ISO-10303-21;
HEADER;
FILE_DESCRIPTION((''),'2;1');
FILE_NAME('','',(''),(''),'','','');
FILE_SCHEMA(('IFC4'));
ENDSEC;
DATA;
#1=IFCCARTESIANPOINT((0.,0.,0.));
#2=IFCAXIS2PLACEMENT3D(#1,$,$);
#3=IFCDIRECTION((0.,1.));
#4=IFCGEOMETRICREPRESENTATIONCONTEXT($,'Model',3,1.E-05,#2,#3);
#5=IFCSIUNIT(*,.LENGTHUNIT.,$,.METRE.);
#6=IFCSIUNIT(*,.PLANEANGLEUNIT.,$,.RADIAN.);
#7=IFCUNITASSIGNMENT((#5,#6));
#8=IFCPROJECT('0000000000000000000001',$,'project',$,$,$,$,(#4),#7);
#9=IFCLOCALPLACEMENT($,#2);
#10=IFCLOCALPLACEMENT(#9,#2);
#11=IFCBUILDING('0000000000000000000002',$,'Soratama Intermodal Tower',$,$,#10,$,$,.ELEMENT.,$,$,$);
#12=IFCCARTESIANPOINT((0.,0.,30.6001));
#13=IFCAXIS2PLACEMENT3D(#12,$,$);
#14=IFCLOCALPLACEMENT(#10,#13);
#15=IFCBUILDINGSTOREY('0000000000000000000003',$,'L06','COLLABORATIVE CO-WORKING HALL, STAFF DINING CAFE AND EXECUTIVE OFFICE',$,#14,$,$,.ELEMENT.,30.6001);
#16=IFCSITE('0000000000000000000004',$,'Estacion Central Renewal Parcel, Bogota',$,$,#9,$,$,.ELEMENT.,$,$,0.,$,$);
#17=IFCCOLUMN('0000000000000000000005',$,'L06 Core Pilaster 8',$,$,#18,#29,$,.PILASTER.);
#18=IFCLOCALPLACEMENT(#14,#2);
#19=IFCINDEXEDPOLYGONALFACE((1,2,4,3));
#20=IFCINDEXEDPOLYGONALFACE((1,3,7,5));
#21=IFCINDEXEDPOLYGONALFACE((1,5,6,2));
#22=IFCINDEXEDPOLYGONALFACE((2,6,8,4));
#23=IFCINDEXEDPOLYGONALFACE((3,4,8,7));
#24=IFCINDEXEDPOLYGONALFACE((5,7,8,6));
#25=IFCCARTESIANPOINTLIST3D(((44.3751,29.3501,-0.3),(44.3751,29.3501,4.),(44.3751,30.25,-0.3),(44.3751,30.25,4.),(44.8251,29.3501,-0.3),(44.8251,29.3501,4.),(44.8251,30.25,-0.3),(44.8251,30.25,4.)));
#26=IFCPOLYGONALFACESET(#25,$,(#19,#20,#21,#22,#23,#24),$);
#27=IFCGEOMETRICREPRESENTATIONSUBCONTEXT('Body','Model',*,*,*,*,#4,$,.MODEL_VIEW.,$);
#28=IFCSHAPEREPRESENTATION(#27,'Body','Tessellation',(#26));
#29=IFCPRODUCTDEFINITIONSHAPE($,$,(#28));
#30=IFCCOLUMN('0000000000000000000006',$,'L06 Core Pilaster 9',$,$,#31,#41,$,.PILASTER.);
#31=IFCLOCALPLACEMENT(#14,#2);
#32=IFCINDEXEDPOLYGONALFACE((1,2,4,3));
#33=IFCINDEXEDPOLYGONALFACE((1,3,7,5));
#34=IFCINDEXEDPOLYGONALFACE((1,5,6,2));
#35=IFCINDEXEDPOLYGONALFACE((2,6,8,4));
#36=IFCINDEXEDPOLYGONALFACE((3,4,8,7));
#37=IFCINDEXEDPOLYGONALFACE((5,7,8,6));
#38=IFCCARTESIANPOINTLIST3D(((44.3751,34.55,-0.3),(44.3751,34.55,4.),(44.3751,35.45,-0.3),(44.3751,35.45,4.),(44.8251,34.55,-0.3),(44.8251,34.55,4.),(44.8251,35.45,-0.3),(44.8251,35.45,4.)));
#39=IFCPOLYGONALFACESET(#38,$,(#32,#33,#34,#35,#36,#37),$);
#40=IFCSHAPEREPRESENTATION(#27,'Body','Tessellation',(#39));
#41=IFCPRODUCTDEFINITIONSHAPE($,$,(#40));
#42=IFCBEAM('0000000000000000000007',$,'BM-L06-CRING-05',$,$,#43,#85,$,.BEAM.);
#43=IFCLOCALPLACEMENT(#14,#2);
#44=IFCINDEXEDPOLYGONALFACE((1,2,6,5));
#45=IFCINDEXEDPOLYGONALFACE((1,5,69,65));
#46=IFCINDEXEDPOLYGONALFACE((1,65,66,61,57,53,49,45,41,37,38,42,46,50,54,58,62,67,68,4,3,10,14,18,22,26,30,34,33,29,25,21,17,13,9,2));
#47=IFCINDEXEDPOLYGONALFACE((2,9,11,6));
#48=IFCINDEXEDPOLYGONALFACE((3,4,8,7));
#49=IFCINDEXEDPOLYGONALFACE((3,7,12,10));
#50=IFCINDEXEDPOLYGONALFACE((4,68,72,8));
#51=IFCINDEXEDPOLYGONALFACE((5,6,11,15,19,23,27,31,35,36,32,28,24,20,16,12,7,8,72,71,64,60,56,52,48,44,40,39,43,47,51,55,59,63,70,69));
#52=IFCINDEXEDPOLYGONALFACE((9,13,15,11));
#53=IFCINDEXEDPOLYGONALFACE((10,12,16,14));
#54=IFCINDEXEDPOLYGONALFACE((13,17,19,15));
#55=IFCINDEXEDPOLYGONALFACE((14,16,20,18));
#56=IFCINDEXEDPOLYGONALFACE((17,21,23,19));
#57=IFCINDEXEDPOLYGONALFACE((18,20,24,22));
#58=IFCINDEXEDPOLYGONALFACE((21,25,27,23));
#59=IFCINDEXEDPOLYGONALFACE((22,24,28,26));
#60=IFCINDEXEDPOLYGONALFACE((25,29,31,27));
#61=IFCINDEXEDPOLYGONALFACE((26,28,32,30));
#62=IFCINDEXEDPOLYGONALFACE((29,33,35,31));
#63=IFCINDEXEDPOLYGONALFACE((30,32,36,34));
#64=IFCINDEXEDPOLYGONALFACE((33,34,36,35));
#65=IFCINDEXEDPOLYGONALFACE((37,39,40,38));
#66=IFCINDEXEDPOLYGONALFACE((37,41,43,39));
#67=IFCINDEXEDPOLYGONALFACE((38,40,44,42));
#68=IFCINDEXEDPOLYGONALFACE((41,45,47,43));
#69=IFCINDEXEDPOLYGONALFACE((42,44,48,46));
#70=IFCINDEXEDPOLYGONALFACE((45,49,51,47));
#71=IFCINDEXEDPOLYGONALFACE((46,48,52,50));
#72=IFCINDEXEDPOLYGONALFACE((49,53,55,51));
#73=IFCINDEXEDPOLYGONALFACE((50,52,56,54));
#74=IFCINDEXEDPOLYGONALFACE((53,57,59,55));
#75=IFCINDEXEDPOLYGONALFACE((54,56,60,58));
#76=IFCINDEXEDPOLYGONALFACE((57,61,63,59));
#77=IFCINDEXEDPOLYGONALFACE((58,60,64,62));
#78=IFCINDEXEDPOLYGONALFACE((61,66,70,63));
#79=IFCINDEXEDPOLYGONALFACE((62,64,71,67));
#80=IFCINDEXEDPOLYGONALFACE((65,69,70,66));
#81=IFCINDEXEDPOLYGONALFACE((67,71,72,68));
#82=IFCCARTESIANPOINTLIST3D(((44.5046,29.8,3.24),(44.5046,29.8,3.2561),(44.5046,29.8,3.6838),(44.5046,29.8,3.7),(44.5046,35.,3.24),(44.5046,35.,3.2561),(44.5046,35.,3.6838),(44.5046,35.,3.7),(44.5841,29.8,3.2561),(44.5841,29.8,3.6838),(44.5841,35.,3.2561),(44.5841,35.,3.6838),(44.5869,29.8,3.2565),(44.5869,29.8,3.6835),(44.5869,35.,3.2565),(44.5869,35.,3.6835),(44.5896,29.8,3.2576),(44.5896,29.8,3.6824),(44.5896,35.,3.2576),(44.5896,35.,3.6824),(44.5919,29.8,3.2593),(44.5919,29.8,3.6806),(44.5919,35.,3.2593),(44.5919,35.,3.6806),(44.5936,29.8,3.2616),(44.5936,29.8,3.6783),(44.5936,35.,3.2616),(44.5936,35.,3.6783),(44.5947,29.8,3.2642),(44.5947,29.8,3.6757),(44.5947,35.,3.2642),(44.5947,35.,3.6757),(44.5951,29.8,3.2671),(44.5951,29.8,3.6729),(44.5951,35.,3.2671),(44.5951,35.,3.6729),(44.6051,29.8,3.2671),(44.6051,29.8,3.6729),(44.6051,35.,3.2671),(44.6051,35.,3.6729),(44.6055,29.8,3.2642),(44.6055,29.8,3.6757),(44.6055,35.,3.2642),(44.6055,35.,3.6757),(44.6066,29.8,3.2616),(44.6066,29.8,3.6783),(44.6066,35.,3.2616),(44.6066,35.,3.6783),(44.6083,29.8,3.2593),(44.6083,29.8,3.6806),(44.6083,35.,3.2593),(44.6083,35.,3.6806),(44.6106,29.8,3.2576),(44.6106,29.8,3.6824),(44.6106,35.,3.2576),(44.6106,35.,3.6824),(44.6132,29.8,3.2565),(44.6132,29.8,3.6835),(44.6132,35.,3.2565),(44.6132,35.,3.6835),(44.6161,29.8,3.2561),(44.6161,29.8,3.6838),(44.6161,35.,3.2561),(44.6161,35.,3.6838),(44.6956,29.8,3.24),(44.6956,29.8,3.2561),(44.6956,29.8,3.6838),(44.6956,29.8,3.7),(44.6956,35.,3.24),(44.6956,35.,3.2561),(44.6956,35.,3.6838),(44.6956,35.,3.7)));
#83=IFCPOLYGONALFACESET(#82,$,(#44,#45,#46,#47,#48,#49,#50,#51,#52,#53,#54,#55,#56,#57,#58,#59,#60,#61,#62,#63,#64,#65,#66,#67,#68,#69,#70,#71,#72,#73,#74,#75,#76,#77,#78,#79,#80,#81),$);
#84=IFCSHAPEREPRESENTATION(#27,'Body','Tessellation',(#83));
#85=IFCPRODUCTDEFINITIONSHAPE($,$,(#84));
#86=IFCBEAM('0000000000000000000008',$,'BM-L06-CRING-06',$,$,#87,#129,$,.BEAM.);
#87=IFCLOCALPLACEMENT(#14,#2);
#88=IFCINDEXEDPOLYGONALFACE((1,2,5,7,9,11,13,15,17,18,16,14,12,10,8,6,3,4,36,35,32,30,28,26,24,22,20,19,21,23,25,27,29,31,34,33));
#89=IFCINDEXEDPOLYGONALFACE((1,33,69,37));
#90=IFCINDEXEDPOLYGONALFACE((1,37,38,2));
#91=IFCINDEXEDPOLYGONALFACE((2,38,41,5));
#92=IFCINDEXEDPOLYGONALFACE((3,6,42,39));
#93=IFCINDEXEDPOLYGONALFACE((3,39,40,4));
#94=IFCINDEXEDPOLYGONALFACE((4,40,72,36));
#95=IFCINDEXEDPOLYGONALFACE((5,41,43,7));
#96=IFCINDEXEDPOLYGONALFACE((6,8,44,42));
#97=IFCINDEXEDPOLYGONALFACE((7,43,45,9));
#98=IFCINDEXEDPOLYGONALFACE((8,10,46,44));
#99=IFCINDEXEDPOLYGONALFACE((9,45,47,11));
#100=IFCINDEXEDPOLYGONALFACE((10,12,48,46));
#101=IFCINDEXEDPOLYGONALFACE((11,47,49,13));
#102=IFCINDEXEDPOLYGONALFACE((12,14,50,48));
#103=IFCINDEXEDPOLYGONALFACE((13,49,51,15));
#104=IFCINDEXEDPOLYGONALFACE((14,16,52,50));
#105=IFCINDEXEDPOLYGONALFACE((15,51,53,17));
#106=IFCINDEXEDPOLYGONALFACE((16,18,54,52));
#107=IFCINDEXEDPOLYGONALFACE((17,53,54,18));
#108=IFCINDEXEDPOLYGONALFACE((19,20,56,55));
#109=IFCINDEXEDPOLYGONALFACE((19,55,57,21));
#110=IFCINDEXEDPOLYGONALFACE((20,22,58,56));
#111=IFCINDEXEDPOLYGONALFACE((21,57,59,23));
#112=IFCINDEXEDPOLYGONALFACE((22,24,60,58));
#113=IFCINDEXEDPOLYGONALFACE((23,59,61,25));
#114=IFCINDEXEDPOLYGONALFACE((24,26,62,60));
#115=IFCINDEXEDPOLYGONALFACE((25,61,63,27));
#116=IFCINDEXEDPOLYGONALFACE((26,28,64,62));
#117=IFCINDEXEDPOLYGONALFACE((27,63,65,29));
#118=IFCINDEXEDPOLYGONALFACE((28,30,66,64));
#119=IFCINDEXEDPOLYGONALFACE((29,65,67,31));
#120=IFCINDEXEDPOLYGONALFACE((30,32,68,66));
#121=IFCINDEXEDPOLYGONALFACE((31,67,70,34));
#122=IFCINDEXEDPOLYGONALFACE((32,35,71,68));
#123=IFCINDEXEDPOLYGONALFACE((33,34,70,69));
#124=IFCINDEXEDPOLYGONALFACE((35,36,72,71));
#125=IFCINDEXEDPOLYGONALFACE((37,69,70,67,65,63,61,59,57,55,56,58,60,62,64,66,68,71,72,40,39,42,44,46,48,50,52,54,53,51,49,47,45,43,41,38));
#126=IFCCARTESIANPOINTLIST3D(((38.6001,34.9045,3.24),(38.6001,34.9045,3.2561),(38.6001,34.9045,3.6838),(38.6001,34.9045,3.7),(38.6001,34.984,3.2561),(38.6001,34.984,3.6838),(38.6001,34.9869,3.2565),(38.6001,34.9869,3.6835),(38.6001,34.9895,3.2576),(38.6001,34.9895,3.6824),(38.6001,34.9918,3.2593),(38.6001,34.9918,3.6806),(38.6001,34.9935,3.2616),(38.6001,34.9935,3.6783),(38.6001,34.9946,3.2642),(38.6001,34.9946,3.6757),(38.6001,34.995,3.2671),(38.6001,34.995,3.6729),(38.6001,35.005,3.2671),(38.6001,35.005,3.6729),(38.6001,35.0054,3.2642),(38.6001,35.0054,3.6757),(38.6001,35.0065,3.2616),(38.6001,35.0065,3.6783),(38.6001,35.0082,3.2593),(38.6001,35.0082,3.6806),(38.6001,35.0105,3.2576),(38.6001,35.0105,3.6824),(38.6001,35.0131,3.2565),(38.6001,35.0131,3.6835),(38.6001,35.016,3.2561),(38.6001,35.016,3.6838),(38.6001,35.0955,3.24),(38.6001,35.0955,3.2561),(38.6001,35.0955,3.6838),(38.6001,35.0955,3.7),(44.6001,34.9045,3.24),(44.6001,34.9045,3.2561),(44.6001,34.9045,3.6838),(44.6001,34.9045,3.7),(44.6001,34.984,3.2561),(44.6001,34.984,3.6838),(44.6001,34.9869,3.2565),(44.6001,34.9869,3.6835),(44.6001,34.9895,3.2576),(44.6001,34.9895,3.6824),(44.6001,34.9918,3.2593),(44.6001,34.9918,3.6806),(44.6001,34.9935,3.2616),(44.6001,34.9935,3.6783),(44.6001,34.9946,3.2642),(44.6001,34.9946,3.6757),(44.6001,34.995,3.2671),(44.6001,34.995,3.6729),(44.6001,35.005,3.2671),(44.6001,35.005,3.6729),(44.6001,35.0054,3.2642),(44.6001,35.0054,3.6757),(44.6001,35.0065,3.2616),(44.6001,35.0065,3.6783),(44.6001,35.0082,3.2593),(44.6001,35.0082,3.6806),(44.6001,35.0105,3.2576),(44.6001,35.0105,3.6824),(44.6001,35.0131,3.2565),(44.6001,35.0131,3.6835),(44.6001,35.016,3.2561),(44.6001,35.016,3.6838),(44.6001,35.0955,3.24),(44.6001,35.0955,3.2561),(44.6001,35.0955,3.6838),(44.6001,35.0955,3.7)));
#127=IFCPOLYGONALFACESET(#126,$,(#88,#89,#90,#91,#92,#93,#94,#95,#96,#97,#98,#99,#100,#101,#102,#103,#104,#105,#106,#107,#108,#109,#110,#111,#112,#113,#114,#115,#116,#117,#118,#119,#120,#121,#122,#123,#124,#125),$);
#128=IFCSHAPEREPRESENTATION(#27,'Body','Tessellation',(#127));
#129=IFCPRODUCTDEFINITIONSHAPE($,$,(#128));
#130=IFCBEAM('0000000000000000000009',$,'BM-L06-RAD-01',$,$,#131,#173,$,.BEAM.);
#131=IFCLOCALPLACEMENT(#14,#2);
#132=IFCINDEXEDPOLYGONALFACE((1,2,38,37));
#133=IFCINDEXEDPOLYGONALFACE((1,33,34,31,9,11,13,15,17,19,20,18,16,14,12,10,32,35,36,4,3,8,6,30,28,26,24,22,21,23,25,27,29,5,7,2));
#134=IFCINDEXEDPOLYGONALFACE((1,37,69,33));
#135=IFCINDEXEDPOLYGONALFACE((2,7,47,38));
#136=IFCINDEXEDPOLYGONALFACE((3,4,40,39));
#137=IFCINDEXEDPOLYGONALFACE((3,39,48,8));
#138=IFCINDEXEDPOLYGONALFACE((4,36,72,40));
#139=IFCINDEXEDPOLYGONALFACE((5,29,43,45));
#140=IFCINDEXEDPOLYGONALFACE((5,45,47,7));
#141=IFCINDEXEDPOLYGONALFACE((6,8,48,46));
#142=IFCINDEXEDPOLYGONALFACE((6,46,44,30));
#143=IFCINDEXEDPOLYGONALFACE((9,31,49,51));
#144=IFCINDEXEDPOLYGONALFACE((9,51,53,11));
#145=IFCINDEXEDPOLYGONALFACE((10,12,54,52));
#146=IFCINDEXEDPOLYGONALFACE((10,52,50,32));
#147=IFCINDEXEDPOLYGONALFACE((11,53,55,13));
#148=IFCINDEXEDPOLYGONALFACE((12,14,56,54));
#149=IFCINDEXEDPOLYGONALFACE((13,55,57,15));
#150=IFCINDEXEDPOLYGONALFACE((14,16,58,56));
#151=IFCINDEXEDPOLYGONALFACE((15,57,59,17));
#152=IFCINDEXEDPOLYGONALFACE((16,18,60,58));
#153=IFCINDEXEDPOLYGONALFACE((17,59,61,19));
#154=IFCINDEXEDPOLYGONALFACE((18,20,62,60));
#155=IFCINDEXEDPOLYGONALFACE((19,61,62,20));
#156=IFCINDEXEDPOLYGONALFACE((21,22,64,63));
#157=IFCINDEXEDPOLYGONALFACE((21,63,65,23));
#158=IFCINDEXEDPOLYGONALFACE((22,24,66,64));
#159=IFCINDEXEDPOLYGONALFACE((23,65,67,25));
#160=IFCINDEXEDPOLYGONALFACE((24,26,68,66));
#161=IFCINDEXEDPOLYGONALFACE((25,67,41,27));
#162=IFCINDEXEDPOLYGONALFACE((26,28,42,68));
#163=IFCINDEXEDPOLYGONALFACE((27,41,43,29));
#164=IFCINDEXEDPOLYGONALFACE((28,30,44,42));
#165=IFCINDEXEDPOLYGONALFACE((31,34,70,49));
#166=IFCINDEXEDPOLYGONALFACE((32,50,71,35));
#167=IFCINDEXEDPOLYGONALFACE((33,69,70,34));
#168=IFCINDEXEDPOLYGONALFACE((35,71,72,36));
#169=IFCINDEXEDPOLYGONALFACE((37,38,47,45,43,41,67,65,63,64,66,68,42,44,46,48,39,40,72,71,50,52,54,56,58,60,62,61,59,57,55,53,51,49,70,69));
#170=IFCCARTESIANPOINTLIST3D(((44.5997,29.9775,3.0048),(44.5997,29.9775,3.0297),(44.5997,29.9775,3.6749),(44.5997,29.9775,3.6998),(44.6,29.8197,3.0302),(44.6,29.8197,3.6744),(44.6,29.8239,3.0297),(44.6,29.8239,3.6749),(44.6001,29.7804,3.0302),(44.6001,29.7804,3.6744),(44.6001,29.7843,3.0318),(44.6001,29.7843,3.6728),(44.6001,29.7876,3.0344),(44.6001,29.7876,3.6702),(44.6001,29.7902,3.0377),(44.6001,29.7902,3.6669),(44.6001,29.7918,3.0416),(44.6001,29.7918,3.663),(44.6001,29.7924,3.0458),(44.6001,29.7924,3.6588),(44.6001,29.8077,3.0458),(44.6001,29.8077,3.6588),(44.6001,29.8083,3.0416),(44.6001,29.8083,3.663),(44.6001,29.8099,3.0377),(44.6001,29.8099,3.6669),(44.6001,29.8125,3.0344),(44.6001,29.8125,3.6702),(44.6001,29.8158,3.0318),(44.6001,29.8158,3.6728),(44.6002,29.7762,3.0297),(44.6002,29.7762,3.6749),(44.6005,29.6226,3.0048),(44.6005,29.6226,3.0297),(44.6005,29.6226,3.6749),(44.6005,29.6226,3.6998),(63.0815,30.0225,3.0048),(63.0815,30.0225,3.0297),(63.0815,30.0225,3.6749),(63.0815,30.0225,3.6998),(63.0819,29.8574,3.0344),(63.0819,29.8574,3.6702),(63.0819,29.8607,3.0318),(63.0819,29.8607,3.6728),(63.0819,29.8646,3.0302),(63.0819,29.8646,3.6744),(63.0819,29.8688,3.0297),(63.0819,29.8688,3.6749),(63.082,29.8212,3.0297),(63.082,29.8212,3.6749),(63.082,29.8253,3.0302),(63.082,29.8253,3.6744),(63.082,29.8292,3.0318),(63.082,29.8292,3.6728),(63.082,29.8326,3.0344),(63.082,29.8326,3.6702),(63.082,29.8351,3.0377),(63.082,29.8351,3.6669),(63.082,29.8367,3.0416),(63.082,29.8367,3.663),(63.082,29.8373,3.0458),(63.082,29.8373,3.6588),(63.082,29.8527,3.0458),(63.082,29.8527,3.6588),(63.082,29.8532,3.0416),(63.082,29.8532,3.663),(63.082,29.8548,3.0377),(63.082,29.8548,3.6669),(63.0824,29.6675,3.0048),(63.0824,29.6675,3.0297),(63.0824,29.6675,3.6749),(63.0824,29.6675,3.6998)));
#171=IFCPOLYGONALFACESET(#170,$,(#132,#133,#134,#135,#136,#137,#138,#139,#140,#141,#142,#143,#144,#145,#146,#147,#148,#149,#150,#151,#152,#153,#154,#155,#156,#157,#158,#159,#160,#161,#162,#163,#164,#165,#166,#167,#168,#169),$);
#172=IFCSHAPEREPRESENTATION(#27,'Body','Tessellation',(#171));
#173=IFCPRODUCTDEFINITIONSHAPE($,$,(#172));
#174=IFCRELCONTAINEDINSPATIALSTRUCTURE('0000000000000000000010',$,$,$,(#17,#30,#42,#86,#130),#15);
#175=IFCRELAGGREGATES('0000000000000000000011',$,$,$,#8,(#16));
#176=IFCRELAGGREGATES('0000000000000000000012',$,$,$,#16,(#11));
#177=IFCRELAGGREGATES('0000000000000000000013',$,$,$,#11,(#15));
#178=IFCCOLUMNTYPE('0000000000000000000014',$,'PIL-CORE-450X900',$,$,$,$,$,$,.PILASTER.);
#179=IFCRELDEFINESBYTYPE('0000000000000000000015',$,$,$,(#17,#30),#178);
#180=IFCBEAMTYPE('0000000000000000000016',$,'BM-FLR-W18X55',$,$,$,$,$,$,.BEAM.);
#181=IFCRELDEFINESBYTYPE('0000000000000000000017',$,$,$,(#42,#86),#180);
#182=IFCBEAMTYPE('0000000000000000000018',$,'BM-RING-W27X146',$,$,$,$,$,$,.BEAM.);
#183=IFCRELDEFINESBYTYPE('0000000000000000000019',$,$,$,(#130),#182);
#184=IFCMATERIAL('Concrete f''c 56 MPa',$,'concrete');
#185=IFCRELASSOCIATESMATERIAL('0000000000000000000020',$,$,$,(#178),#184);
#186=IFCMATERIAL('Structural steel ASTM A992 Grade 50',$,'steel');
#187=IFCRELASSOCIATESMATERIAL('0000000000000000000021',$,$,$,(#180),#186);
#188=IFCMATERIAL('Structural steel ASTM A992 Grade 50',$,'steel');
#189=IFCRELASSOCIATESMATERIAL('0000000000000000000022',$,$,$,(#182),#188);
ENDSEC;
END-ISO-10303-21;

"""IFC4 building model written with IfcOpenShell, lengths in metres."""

from ifc_helpers import new_model, si_unit, direction, frame, origin, origin_2d, place, context, subcontext, project, spatial, rectangle, i_section, extrude, material, material_profile, profile_set, type_object, element, save


model = new_model("IFC4")

# Units and contexts
model_context = context("Model", 3, precision=1e-05, world=origin(), true_north=direction((0.0, 1.0)))
body_context = subcontext(model_context, "Body", "Model", "MODEL_VIEW")
ifc_project = project(units=[si_unit("LENGTHUNIT", "METRE"), si_unit("PLANEANGLEUNIT", "RADIAN")], contexts=[model_context])

# Site, building, storey
site_placement = place(None, origin())
site = spatial("IfcSite", under=ifc_project, at=site_placement, Name="Estacion Central Renewal Parcel, Bogota", CompositionType="ELEMENT", RefElevation=0.0)
building_placement = place(site_placement, origin())
building = spatial("IfcBuilding", under=site, at=building_placement, Name="Soratama Intermodal Tower", CompositionType="ELEMENT")
storey_placement = place(building_placement, frame((0.0, 0.0, 30.6001)))
storey = spatial("IfcBuildingStorey", under=building, at=storey_placement, Name="L06", Description="COLLABORATIVE CO-WORKING HALL, STAFF DINING CAFE AND EXECUTIVE OFFICE", CompositionType="ELEMENT", Elevation=30.6001)

# Columns
ifc_material_1 = material(Name="Concrete f'c 56 MPa", Category="concrete")
ifc_material_profile_1 = material_profile(ifc_material_1, rectangle(XDim=0.45, YDim=0.8999, at=origin_2d()), Name="RC450X900")
ifc_profile_set_1 = profile_set([ifc_material_profile_1], Name="Concrete f'c 56 MPa")
column_type = type_object("IfcColumnType", Name="PIL-CORE-450X900", PredefinedType="PILASTER", material=ifc_profile_set_1)
for number, where, z_axis, x_axis, name in (
    (1, (44.6001, 29.8, -0.3), (0.0, 0.0, 1.0), (1.0, 0.0, 0.0), "L06 Core Pilaster 8"),
    (2, (44.6001, 35.0, -0.3), (0.0, 0.0, 1.0), (1.0, 0.0, 0.0), "L06 Core Pilaster 9"),
):
    element("IfcColumn", number, at=place(storey_placement, frame(where, z_axis=z_axis, x_axis=x_axis)), inside=storey, type_object=column_type, Name=name, PredefinedType="PILASTER", context=body_context, shape_type="SweptSolid", body=[
        extrude(rectangle(XDim=0.45, YDim=0.8999, at=origin_2d()), origin(), (0.0, 0.0, 1.0), 4.3),
    ])

# Beams
ifc_material_2 = material(Name="Structural steel ASTM A992 Grade 50", Category="steel")
ifc_material_profile_2 = material_profile(ifc_material_2, i_section(OverallWidth=0.1909, OverallDepth=0.46, WebThickness=0.01, FlangeThickness=0.0161, FilletRadius=0.011, at=origin_2d()), Name="W18X55")
ifc_profile_set_2 = profile_set([ifc_material_profile_2], Name="Structural steel ASTM A992 Grade 50")
beam_type_1 = type_object("IfcBeamType", Name="BM-FLR-W18X55", PredefinedType="BEAM", material=ifc_profile_set_2)
beam_1_placement = place(storey_placement, frame((44.6001, 29.8, 3.47), z_axis=(0.0, 1.0, 0.0), x_axis=(-1.0, 0.0, 0.0)))
element("IfcBeam", 3, at=beam_1_placement, inside=storey, type_object=beam_type_1, Name="BM-L06-CRING-05", PredefinedType="BEAM", context=body_context, shape_type="SweptSolid", body=[
    extrude(i_section(OverallWidth=0.1909, OverallDepth=0.46, WebThickness=0.01, FlangeThickness=0.0161, FilletRadius=0.011, at=origin_2d()), origin(), (0.0, 0.0, 1.0), 5.2),
])
beam_2_placement = place(storey_placement, frame((44.6001, 35.0, 3.47), z_axis=(-1.0, 0.0, 0.0), x_axis=(0.0, -1.0, 0.0)))
element("IfcBeam", 4, at=beam_2_placement, inside=storey, type_object=beam_type_1, Name="BM-L06-CRING-06", PredefinedType="BEAM", context=body_context, shape_type="SweptSolid", body=[
    extrude(i_section(OverallWidth=0.1909, OverallDepth=0.46, WebThickness=0.01, FlangeThickness=0.0161, FilletRadius=0.011, at=origin_2d()), origin(), (0.0, 0.0, 1.0), 6.0),
])
ifc_material_3 = material(Name="Structural steel ASTM A992 Grade 50", Category="steel")
ifc_material_profile_3 = material_profile(ifc_material_3, i_section(OverallWidth=0.355, OverallDepth=0.6951, WebThickness=0.0154, FlangeThickness=0.0249, FilletRadius=0.0161, at=origin_2d()), Name="W27X146")
ifc_profile_set_3 = profile_set([ifc_material_profile_3], Name="Structural steel ASTM A992 Grade 50")
beam_type_2 = type_object("IfcBeamType", Name="BM-RING-W27X146", PredefinedType="BEAM", material=ifc_profile_set_3)
beam_3_placement = place(storey_placement, frame((44.6001, 29.8, 3.3523), z_axis=(0.999997, 0.002431, 0.0), x_axis=(-0.002431, 0.999997, 0.0)))
element("IfcBeam", 5, at=beam_3_placement, inside=storey, type_object=beam_type_2, Name="BM-L06-RAD-01", PredefinedType="BEAM", context=body_context, shape_type="SweptSolid", body=[
    extrude(i_section(OverallWidth=0.355, OverallDepth=0.6951, WebThickness=0.0154, FlangeThickness=0.0249, FilletRadius=0.0161, at=origin_2d()), origin(), (0.0, 0.0, 1.0), 18.4819),
])

save(model, "model.ifc")
